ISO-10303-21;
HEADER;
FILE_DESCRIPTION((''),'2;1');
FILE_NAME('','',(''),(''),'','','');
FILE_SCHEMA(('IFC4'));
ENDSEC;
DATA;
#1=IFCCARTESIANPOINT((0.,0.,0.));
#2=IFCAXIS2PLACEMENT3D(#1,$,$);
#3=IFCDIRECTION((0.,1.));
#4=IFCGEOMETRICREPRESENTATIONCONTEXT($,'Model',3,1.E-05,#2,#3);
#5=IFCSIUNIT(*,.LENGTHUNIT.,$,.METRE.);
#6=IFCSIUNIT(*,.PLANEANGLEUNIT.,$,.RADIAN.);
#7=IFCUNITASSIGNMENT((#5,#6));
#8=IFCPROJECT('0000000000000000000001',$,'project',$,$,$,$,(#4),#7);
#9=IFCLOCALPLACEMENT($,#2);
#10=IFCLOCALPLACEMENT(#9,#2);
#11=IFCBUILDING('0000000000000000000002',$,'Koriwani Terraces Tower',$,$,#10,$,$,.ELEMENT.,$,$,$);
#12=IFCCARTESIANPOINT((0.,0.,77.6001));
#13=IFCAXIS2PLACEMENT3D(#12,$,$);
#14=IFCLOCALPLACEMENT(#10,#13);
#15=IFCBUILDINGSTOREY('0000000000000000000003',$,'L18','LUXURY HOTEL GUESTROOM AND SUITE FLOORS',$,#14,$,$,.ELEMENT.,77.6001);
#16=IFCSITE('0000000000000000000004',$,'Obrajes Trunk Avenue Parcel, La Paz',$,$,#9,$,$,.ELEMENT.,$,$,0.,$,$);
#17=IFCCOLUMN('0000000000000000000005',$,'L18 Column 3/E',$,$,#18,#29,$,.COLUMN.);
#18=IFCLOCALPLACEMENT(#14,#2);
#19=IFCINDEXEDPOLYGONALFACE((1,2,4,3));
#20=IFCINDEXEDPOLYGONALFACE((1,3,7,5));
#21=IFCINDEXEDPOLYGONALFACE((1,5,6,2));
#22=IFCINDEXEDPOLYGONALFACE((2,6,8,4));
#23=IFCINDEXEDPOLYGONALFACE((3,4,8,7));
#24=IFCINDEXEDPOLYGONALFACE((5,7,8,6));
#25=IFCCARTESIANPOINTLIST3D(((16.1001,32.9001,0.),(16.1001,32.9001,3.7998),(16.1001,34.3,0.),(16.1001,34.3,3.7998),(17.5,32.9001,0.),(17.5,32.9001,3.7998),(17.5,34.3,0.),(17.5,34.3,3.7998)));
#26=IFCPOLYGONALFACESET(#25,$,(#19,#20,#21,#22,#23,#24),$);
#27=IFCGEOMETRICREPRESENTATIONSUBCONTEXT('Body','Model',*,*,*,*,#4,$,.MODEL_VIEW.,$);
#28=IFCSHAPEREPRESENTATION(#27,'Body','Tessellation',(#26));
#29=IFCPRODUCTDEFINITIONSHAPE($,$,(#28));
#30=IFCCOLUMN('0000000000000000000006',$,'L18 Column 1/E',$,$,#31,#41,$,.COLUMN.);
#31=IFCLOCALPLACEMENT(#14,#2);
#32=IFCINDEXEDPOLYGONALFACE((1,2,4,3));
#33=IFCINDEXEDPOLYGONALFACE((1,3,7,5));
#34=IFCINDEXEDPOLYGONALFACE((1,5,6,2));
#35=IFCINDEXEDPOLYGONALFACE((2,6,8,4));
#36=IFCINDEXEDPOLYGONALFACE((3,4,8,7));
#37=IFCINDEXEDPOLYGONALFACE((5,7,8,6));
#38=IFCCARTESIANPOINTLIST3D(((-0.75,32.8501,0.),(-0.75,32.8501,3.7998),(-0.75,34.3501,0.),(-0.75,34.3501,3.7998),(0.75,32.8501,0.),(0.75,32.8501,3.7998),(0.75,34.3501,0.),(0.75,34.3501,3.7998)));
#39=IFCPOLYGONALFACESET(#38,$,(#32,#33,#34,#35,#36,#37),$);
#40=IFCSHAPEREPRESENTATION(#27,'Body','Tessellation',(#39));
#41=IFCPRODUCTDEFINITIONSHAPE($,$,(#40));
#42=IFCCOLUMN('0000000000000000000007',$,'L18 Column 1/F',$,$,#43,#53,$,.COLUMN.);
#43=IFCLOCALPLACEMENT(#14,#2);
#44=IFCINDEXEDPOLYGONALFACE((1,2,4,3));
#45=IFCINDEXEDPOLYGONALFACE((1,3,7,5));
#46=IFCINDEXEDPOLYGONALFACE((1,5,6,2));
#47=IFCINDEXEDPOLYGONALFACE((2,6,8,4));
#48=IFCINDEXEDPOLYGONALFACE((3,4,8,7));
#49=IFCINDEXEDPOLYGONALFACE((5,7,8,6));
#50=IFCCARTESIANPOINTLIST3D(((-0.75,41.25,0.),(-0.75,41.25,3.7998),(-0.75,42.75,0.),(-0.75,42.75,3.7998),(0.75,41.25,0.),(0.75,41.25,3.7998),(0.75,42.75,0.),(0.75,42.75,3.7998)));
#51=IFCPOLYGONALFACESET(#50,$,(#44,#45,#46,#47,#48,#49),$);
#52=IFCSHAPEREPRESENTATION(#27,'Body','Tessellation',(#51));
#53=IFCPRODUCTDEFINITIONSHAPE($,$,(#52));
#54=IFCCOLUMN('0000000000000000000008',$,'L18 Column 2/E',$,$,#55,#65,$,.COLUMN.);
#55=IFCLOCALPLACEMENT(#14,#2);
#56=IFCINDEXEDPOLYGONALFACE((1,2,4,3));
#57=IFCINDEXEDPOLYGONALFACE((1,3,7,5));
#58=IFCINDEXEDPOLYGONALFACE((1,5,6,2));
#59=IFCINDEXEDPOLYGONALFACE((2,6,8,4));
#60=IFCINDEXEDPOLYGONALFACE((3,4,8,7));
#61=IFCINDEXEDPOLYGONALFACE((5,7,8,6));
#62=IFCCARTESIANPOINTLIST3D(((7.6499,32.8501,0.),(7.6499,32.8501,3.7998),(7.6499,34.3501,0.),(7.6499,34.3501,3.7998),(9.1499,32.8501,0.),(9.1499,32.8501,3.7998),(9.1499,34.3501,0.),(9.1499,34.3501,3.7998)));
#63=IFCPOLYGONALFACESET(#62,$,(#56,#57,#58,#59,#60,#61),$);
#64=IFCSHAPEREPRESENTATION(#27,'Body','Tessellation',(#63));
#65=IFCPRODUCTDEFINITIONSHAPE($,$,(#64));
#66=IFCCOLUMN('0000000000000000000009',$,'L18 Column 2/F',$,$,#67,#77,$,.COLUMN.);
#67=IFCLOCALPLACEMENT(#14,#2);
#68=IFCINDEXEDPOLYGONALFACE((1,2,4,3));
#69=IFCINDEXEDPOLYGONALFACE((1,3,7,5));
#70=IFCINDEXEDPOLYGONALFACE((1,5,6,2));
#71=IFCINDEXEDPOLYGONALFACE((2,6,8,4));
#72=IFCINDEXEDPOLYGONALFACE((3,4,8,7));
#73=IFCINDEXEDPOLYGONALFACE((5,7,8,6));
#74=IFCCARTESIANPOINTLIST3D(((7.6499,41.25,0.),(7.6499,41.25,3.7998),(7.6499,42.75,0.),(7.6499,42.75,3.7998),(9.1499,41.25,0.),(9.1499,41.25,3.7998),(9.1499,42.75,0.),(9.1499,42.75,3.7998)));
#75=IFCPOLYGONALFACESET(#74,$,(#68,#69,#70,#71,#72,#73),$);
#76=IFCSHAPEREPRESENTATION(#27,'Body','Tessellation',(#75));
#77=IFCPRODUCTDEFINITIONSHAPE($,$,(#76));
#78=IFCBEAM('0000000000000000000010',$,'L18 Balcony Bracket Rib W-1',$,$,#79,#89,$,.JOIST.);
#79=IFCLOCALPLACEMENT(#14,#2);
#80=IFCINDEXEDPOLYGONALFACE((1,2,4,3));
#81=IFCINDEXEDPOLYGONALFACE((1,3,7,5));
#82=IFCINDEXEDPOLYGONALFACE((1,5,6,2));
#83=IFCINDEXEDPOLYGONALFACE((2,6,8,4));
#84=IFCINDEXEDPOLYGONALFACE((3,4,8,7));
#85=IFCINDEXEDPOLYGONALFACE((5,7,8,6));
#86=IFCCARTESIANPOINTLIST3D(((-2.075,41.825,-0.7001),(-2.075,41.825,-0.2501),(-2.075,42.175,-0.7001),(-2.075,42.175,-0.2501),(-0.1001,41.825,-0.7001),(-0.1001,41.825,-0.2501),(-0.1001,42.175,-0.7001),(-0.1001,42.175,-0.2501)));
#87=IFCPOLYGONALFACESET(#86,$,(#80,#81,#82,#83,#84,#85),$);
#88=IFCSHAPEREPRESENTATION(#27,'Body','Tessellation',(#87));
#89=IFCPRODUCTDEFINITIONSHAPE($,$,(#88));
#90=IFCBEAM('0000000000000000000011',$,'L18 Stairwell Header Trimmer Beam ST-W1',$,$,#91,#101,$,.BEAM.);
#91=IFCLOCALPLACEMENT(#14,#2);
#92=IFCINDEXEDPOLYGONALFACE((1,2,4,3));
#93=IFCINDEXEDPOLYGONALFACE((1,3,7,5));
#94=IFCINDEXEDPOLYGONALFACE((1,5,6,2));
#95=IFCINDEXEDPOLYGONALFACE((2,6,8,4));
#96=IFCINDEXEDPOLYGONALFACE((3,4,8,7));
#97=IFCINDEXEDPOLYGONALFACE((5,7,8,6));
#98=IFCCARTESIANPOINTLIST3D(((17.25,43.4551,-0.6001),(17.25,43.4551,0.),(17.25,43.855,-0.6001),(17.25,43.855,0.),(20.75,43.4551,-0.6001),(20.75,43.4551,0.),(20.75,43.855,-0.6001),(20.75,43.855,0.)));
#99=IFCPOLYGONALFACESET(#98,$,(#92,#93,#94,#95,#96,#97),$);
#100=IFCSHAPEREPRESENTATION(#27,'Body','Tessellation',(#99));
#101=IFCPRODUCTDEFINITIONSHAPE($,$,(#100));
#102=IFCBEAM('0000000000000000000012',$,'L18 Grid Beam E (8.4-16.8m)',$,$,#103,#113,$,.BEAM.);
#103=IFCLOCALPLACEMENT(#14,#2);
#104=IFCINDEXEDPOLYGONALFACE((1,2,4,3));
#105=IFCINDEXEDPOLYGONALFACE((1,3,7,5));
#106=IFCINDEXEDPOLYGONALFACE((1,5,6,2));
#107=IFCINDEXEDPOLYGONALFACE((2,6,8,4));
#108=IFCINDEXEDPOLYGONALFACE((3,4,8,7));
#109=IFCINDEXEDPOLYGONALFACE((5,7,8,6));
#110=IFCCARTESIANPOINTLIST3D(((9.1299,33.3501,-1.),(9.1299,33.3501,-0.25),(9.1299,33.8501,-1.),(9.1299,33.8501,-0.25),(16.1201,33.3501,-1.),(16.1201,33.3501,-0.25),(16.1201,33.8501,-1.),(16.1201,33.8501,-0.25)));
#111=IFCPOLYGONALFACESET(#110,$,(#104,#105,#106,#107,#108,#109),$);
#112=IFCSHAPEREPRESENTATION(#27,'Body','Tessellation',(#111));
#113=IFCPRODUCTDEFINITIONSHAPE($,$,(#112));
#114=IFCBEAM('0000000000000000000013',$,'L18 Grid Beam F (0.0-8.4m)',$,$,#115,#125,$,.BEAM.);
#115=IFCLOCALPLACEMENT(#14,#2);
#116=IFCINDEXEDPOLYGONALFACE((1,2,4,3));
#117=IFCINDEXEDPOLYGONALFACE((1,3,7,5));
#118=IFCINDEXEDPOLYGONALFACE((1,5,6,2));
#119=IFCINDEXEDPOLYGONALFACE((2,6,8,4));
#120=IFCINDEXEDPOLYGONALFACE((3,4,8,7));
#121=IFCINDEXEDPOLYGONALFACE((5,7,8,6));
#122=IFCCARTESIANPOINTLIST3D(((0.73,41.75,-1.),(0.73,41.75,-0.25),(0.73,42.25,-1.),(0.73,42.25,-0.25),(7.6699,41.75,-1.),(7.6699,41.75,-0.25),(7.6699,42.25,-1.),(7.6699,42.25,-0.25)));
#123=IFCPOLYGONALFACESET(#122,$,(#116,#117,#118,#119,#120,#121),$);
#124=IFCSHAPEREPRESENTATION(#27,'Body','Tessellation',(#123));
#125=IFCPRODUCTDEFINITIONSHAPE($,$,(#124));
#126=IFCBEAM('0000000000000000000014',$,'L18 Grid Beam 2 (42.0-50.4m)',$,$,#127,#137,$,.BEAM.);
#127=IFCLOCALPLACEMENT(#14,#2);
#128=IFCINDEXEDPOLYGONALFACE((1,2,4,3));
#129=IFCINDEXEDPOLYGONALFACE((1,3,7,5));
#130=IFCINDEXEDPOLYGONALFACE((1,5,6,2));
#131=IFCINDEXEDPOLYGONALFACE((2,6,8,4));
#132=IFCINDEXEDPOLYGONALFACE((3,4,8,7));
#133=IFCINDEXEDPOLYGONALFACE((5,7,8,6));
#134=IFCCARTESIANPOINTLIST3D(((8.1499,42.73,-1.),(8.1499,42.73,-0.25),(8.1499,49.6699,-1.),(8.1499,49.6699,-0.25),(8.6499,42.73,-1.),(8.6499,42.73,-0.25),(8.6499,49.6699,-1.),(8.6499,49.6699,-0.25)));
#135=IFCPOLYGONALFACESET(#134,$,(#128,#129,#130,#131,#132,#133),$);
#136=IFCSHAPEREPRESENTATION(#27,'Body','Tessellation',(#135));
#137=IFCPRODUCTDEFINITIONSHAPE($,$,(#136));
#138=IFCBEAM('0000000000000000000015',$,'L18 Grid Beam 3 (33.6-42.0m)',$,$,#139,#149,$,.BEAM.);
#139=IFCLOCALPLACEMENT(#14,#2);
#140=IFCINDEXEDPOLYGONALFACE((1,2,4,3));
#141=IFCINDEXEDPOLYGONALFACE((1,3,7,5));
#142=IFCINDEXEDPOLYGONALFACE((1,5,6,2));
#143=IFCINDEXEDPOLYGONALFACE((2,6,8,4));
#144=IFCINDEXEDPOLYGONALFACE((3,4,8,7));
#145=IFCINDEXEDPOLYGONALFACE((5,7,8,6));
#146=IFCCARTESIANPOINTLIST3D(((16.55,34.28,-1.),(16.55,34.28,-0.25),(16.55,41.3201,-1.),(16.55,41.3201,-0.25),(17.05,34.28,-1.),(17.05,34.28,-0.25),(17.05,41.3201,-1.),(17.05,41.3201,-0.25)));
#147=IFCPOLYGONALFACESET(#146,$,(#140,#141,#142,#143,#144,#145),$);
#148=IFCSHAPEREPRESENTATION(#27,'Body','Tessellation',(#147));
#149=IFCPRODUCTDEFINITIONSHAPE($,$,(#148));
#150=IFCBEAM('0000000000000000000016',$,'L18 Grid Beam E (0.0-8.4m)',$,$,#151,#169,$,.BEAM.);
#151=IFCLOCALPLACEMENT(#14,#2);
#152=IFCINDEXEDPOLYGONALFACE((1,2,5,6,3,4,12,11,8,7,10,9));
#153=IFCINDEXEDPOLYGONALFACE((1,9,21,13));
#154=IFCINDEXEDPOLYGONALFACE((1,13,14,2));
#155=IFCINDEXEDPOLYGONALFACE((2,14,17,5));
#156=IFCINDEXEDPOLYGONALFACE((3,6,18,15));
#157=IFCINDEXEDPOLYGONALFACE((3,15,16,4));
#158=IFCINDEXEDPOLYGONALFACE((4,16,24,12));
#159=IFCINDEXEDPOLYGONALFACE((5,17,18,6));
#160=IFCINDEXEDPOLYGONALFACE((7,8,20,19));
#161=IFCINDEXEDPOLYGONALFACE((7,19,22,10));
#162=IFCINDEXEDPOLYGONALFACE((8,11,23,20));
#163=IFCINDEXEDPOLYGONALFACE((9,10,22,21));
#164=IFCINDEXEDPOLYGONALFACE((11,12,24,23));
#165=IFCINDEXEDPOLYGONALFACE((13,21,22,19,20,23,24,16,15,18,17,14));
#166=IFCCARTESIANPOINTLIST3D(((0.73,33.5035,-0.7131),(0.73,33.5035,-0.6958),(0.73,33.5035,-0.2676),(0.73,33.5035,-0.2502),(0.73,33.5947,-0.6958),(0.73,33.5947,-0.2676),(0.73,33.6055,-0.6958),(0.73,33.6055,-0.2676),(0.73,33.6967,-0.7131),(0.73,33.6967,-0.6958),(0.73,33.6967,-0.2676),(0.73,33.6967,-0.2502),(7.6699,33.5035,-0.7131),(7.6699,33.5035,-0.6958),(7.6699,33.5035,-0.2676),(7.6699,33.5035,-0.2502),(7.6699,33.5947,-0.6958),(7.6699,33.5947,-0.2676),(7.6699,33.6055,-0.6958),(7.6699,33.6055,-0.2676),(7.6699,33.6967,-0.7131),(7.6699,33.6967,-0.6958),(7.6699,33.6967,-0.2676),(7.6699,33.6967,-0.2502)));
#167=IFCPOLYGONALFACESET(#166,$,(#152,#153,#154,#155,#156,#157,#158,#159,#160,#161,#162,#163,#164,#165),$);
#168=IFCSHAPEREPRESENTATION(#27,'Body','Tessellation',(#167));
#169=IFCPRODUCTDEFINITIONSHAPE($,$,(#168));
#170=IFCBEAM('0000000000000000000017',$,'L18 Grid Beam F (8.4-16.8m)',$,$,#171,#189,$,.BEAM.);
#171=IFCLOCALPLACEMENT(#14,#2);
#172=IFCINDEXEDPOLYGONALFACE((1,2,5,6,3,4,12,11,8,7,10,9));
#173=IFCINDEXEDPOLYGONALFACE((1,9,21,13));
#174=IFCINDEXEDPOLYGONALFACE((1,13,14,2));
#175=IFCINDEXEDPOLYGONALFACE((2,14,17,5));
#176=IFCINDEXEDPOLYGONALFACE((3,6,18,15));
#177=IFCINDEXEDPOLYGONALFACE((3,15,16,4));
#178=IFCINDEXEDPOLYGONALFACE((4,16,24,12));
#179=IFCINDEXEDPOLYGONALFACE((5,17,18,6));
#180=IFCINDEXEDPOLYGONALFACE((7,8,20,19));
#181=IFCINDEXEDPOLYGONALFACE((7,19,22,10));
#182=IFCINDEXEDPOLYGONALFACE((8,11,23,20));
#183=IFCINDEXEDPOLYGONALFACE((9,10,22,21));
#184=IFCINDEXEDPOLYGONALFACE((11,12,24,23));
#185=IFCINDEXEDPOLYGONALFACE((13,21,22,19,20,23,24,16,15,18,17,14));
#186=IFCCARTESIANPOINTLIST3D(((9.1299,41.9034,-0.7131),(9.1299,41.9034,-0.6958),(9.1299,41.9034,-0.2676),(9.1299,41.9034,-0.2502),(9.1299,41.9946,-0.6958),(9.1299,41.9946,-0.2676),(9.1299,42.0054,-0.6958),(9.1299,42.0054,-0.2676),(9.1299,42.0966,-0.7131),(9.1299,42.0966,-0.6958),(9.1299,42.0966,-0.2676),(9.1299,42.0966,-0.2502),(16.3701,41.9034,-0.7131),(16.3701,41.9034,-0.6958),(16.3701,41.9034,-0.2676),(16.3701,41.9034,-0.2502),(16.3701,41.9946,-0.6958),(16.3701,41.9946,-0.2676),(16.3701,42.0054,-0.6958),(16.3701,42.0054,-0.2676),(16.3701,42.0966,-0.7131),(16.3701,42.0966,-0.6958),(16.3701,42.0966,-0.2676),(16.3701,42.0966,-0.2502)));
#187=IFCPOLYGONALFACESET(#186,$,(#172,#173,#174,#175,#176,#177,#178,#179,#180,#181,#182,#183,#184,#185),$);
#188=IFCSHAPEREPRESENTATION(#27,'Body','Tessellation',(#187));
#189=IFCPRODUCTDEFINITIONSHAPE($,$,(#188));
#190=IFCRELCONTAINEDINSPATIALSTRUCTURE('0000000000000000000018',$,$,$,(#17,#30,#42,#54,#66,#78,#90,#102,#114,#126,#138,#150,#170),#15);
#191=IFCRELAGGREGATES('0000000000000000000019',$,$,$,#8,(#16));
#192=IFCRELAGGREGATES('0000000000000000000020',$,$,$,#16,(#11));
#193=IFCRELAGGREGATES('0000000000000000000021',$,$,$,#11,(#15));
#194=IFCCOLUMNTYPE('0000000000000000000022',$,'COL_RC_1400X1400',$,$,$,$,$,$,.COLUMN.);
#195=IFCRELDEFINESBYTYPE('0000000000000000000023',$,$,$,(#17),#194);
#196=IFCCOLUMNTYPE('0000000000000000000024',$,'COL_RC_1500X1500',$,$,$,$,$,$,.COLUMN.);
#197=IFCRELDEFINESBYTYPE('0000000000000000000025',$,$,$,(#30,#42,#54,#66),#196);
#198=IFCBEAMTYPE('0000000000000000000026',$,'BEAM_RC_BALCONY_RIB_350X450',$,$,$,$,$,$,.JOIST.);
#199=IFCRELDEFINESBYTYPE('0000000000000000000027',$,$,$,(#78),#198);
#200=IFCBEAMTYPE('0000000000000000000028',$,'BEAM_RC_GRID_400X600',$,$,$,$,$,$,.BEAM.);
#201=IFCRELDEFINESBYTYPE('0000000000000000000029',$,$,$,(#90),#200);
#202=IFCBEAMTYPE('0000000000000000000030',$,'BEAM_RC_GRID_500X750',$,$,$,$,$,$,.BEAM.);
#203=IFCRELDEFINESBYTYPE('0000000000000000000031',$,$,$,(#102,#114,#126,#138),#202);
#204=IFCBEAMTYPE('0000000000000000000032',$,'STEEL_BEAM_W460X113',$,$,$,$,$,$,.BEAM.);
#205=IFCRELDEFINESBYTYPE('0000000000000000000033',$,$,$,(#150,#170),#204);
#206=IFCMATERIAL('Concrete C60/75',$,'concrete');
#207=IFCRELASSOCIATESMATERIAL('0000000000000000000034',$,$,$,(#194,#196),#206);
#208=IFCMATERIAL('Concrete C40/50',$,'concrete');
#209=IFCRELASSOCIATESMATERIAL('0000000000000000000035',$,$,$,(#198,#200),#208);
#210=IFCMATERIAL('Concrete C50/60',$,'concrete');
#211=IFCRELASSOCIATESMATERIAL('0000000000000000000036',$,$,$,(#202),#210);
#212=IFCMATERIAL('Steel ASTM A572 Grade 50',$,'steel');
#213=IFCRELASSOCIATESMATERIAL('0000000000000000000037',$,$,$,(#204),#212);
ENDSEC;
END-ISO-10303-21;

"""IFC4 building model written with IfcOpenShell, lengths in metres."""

from ifc_helpers import new_model, si_unit, direction, frame, origin, origin_2d, place, context, subcontext, project, spatial, rectangle, i_section, extrude, material, material_profile, profile_set, type_object, element, save


model = new_model("IFC4")

# Units and contexts
model_context = context("Model", 3, precision=1e-05, world=origin(), true_north=direction((0.0, 1.0)))
body_context = subcontext(model_context, "Body", "Model", "MODEL_VIEW")
ifc_project = project(units=[si_unit("LENGTHUNIT", "METRE"), si_unit("PLANEANGLEUNIT", "RADIAN")], contexts=[model_context])

# Site, building, storey
site_placement = place(None, origin())
site = spatial("IfcSite", under=ifc_project, at=site_placement, Name="Obrajes Trunk Avenue Parcel, La Paz", CompositionType="ELEMENT", RefElevation=0.0)
building_placement = place(site_placement, origin())
building = spatial("IfcBuilding", under=site, at=building_placement, Name="Koriwani Terraces Tower", CompositionType="ELEMENT")
storey_placement = place(building_placement, frame((0.0, 0.0, 77.6001)))
storey = spatial("IfcBuildingStorey", under=building, at=storey_placement, Name="L18", Description="LUXURY HOTEL GUESTROOM AND SUITE FLOORS", CompositionType="ELEMENT", Elevation=77.6001)

# Columns
ifc_material_1 = material(Name="Concrete C60/75", Category="concrete")
ifc_material_profile_1 = material_profile(ifc_material_1, rectangle(XDim=1.3999, YDim=1.3999, at=origin_2d()), Name="Concrete C60/75", Category="LoadBearing")
ifc_profile_set_1 = profile_set([ifc_material_profile_1], Name="Concrete C60/75")
column_type_1 = type_object("IfcColumnType", Name="COL_RC_1400X1400", PredefinedType="COLUMN", material=ifc_profile_set_1)
column_placement = place(storey_placement, frame((16.8, 33.6001, 0.0), z_axis=(0.0, 0.0, 1.0), x_axis=(1.0, 0.0, 0.0)))
element("IfcColumn", 1, at=column_placement, inside=storey, type_object=column_type_1, Name="L18 Column 3/E", PredefinedType="COLUMN", context=body_context, shape_type="SweptSolid", body=[
    extrude(rectangle(XDim=1.3999, YDim=1.3999, at=origin_2d()), origin(), (0.0, 0.0, 1.0), 3.7998),
])
ifc_material_profile_2 = material_profile(ifc_material_1, rectangle(XDim=1.5, YDim=1.5, at=origin_2d()), Name="Concrete C60/75", Category="LoadBearing")
ifc_profile_set_2 = profile_set([ifc_material_profile_2], Name="Concrete C60/75")
column_type_2 = type_object("IfcColumnType", Name="COL_RC_1500X1500", PredefinedType="COLUMN", material=ifc_profile_set_2)
for number, where, z_axis, x_axis, name in (
    (2, (0.0, 33.6001, 0.0), (0.0, 0.0, 1.0), (1.0, 0.0, 0.0), "L18 Column 1/E"),
    (3, (0.0, 42.0, 0.0), (0.0, 0.0, 1.0), (1.0, 0.0, 0.0), "L18 Column 1/F"),
    (4, (8.3999, 33.6001, 0.0), (0.0, 0.0, 1.0), (1.0, 0.0, 0.0), "L18 Column 2/E"),
    (5, (8.3999, 42.0, 0.0), (0.0, 0.0, 1.0), (1.0, 0.0, 0.0), "L18 Column 2/F"),
):
    element("IfcColumn", number, at=place(storey_placement, frame(where, z_axis=z_axis, x_axis=x_axis)), inside=storey, type_object=column_type_2, Name=name, PredefinedType="COLUMN", context=body_context, shape_type="SweptSolid", body=[
        extrude(rectangle(XDim=1.5, YDim=1.5, at=origin_2d()), origin(), (0.0, 0.0, 1.0), 3.7998),
    ])

# Beams
ifc_material_2 = material(Name="Concrete C40/50", Category="concrete")
ifc_material_profile_3 = material_profile(ifc_material_2, rectangle(XDim=0.3501, YDim=0.45, at=origin_2d()), Name="Concrete C40/50", Category="LoadBearing")
ifc_profile_set_3 = profile_set([ifc_material_profile_3], Name="Concrete C40/50")
beam_type_1 = type_object("IfcBeamType", Name="BEAM_RC_BALCONY_RIB_350X450", PredefinedType="JOIST", material=ifc_profile_set_3)
beam_1_placement = place(storey_placement, frame((-2.075, 42.0, -0.4751), z_axis=(1.0, 0.0, 0.0), x_axis=(0.0, 1.0, 0.0)))
element("IfcBeam", 6, at=beam_1_placement, inside=storey, type_object=beam_type_1, Name="L18 Balcony Bracket Rib W-1", PredefinedType="JOIST", context=body_context, shape_type="SweptSolid", body=[
    extrude(rectangle(XDim=0.3501, YDim=0.45, at=origin_2d()), origin(), (0.0, 0.0, 1.0), 1.9749),
])
ifc_material_profile_4 = material_profile(ifc_material_2, rectangle(XDim=0.3999, YDim=0.6001, at=origin_2d()), Name="Concrete C40/50", Category="LoadBearing")
ifc_profile_set_4 = profile_set([ifc_material_profile_4], Name="Concrete C40/50")
beam_type_2 = type_object("IfcBeamType", Name="BEAM_RC_GRID_400X600", PredefinedType="BEAM", material=ifc_profile_set_4)
beam_2_placement = place(storey_placement, frame((17.25, 43.655, -0.3), z_axis=(1.0, 0.0, 0.0), x_axis=(0.0, 1.0, 0.0)))
element("IfcBeam", 7, at=beam_2_placement, inside=storey, type_object=beam_type_2, Name="L18 Stairwell Header Trimmer Beam ST-W1", PredefinedType="BEAM", context=body_context, shape_type="SweptSolid", body=[
    extrude(rectangle(XDim=0.3999, YDim=0.6001, at=origin_2d()), origin(), (0.0, 0.0, 1.0), 3.5),
])
ifc_material_3 = material(Name="Concrete C50/60", Category="concrete")
ifc_material_profile_5 = material_profile(ifc_material_3, rectangle(XDim=0.5, YDim=0.75, at=origin_2d()), Name="Concrete C50/60", Category="LoadBearing")
ifc_profile_set_5 = profile_set([ifc_material_profile_5], Name="Concrete C50/60")
beam_type_3 = type_object("IfcBeamType", Name="BEAM_RC_GRID_500X750", PredefinedType="BEAM", material=ifc_profile_set_5)
beam_3_placement = place(storey_placement, frame((9.1299, 33.6001, -0.625), z_axis=(1.0, 0.0, 0.0), x_axis=(0.0, 1.0, 0.0)))
element("IfcBeam", 8, at=beam_3_placement, inside=storey, type_object=beam_type_3, Name="L18 Grid Beam E (8.4-16.8m)", PredefinedType="BEAM", context=body_context, shape_type="SweptSolid", body=[
    extrude(rectangle(XDim=0.5, YDim=0.75, at=origin_2d()), origin(), (0.0, 0.0, 1.0), 6.9902),
])
for number, where, z_axis, x_axis, name in (
    (9, (0.73, 42.0, -0.625), (1.0, 0.0, 0.0), (0.0, 1.0, 0.0), "L18 Grid Beam F (0.0-8.4m)"),
    (10, (8.3999, 42.73, -0.625), (0.0, 1.0, 0.0), (-1.0, 0.0, 0.0), "L18 Grid Beam 2 (42.0-50.4m)"),
):
    element("IfcBeam", number, at=place(storey_placement, frame(where, z_axis=z_axis, x_axis=x_axis)), inside=storey, type_object=beam_type_3, Name=name, PredefinedType="BEAM", context=body_context, shape_type="SweptSolid", body=[
        extrude(rectangle(XDim=0.5, YDim=0.75, at=origin_2d()), origin(), (0.0, 0.0, 1.0), 6.9399),
    ])
beam_4_placement = place(storey_placement, frame((16.8, 34.28, -0.625), z_axis=(0.0, 1.0, 0.0), x_axis=(-1.0, 0.0, 0.0)))
element("IfcBeam", 11, at=beam_4_placement, inside=storey, type_object=beam_type_3, Name="L18 Grid Beam 3 (33.6-42.0m)", PredefinedType="BEAM", context=body_context, shape_type="SweptSolid", body=[
    extrude(rectangle(XDim=0.5, YDim=0.75, at=origin_2d()), origin(), (0.0, 0.0, 1.0), 7.04),
])
ifc_material_4 = material(Name="Steel ASTM A572 Grade 50", Category="steel")
ifc_material_profile_6 = material_profile(ifc_material_4, i_section(OverallWidth=0.1931, OverallDepth=0.4629, WebThickness=0.0107, FlangeThickness=0.0173, at=origin_2d()), Name="Steel ASTM A572 Grade 50", Category="LoadBearing")
ifc_profile_set_6 = profile_set([ifc_material_profile_6], Name="Steel ASTM A572 Grade 50")
beam_type_4 = type_object("IfcBeamType", Name="STEEL_BEAM_W460X113", PredefinedType="BEAM", material=ifc_profile_set_6)
beam_5_placement = place(storey_placement, frame((0.73, 33.6001, -0.4817), z_axis=(1.0, 0.0, 0.0), x_axis=(0.0, 1.0, 0.0)))
element("IfcBeam", 12, at=beam_5_placement, inside=storey, type_object=beam_type_4, Name="L18 Grid Beam E (0.0-8.4m)", PredefinedType="BEAM", context=body_context, shape_type="SweptSolid", body=[
    extrude(i_section(OverallWidth=0.1931, OverallDepth=0.4629, WebThickness=0.0107, FlangeThickness=0.0173, at=origin_2d()), origin(), (0.0, 0.0, 1.0), 6.9399),
])
beam_6_placement = place(storey_placement, frame((9.1299, 42.0, -0.4817), z_axis=(1.0, 0.0, 0.0), x_axis=(0.0, 1.0, 0.0)))
element("IfcBeam", 13, at=beam_6_placement, inside=storey, type_object=beam_type_4, Name="L18 Grid Beam F (8.4-16.8m)", PredefinedType="BEAM", context=body_context, shape_type="SweptSolid", body=[
    extrude(i_section(OverallWidth=0.1931, OverallDepth=0.4629, WebThickness=0.0107, FlangeThickness=0.0173, at=origin_2d()), origin(), (0.0, 0.0, 1.0), 7.2402),
])

save(model, "model.ifc")
